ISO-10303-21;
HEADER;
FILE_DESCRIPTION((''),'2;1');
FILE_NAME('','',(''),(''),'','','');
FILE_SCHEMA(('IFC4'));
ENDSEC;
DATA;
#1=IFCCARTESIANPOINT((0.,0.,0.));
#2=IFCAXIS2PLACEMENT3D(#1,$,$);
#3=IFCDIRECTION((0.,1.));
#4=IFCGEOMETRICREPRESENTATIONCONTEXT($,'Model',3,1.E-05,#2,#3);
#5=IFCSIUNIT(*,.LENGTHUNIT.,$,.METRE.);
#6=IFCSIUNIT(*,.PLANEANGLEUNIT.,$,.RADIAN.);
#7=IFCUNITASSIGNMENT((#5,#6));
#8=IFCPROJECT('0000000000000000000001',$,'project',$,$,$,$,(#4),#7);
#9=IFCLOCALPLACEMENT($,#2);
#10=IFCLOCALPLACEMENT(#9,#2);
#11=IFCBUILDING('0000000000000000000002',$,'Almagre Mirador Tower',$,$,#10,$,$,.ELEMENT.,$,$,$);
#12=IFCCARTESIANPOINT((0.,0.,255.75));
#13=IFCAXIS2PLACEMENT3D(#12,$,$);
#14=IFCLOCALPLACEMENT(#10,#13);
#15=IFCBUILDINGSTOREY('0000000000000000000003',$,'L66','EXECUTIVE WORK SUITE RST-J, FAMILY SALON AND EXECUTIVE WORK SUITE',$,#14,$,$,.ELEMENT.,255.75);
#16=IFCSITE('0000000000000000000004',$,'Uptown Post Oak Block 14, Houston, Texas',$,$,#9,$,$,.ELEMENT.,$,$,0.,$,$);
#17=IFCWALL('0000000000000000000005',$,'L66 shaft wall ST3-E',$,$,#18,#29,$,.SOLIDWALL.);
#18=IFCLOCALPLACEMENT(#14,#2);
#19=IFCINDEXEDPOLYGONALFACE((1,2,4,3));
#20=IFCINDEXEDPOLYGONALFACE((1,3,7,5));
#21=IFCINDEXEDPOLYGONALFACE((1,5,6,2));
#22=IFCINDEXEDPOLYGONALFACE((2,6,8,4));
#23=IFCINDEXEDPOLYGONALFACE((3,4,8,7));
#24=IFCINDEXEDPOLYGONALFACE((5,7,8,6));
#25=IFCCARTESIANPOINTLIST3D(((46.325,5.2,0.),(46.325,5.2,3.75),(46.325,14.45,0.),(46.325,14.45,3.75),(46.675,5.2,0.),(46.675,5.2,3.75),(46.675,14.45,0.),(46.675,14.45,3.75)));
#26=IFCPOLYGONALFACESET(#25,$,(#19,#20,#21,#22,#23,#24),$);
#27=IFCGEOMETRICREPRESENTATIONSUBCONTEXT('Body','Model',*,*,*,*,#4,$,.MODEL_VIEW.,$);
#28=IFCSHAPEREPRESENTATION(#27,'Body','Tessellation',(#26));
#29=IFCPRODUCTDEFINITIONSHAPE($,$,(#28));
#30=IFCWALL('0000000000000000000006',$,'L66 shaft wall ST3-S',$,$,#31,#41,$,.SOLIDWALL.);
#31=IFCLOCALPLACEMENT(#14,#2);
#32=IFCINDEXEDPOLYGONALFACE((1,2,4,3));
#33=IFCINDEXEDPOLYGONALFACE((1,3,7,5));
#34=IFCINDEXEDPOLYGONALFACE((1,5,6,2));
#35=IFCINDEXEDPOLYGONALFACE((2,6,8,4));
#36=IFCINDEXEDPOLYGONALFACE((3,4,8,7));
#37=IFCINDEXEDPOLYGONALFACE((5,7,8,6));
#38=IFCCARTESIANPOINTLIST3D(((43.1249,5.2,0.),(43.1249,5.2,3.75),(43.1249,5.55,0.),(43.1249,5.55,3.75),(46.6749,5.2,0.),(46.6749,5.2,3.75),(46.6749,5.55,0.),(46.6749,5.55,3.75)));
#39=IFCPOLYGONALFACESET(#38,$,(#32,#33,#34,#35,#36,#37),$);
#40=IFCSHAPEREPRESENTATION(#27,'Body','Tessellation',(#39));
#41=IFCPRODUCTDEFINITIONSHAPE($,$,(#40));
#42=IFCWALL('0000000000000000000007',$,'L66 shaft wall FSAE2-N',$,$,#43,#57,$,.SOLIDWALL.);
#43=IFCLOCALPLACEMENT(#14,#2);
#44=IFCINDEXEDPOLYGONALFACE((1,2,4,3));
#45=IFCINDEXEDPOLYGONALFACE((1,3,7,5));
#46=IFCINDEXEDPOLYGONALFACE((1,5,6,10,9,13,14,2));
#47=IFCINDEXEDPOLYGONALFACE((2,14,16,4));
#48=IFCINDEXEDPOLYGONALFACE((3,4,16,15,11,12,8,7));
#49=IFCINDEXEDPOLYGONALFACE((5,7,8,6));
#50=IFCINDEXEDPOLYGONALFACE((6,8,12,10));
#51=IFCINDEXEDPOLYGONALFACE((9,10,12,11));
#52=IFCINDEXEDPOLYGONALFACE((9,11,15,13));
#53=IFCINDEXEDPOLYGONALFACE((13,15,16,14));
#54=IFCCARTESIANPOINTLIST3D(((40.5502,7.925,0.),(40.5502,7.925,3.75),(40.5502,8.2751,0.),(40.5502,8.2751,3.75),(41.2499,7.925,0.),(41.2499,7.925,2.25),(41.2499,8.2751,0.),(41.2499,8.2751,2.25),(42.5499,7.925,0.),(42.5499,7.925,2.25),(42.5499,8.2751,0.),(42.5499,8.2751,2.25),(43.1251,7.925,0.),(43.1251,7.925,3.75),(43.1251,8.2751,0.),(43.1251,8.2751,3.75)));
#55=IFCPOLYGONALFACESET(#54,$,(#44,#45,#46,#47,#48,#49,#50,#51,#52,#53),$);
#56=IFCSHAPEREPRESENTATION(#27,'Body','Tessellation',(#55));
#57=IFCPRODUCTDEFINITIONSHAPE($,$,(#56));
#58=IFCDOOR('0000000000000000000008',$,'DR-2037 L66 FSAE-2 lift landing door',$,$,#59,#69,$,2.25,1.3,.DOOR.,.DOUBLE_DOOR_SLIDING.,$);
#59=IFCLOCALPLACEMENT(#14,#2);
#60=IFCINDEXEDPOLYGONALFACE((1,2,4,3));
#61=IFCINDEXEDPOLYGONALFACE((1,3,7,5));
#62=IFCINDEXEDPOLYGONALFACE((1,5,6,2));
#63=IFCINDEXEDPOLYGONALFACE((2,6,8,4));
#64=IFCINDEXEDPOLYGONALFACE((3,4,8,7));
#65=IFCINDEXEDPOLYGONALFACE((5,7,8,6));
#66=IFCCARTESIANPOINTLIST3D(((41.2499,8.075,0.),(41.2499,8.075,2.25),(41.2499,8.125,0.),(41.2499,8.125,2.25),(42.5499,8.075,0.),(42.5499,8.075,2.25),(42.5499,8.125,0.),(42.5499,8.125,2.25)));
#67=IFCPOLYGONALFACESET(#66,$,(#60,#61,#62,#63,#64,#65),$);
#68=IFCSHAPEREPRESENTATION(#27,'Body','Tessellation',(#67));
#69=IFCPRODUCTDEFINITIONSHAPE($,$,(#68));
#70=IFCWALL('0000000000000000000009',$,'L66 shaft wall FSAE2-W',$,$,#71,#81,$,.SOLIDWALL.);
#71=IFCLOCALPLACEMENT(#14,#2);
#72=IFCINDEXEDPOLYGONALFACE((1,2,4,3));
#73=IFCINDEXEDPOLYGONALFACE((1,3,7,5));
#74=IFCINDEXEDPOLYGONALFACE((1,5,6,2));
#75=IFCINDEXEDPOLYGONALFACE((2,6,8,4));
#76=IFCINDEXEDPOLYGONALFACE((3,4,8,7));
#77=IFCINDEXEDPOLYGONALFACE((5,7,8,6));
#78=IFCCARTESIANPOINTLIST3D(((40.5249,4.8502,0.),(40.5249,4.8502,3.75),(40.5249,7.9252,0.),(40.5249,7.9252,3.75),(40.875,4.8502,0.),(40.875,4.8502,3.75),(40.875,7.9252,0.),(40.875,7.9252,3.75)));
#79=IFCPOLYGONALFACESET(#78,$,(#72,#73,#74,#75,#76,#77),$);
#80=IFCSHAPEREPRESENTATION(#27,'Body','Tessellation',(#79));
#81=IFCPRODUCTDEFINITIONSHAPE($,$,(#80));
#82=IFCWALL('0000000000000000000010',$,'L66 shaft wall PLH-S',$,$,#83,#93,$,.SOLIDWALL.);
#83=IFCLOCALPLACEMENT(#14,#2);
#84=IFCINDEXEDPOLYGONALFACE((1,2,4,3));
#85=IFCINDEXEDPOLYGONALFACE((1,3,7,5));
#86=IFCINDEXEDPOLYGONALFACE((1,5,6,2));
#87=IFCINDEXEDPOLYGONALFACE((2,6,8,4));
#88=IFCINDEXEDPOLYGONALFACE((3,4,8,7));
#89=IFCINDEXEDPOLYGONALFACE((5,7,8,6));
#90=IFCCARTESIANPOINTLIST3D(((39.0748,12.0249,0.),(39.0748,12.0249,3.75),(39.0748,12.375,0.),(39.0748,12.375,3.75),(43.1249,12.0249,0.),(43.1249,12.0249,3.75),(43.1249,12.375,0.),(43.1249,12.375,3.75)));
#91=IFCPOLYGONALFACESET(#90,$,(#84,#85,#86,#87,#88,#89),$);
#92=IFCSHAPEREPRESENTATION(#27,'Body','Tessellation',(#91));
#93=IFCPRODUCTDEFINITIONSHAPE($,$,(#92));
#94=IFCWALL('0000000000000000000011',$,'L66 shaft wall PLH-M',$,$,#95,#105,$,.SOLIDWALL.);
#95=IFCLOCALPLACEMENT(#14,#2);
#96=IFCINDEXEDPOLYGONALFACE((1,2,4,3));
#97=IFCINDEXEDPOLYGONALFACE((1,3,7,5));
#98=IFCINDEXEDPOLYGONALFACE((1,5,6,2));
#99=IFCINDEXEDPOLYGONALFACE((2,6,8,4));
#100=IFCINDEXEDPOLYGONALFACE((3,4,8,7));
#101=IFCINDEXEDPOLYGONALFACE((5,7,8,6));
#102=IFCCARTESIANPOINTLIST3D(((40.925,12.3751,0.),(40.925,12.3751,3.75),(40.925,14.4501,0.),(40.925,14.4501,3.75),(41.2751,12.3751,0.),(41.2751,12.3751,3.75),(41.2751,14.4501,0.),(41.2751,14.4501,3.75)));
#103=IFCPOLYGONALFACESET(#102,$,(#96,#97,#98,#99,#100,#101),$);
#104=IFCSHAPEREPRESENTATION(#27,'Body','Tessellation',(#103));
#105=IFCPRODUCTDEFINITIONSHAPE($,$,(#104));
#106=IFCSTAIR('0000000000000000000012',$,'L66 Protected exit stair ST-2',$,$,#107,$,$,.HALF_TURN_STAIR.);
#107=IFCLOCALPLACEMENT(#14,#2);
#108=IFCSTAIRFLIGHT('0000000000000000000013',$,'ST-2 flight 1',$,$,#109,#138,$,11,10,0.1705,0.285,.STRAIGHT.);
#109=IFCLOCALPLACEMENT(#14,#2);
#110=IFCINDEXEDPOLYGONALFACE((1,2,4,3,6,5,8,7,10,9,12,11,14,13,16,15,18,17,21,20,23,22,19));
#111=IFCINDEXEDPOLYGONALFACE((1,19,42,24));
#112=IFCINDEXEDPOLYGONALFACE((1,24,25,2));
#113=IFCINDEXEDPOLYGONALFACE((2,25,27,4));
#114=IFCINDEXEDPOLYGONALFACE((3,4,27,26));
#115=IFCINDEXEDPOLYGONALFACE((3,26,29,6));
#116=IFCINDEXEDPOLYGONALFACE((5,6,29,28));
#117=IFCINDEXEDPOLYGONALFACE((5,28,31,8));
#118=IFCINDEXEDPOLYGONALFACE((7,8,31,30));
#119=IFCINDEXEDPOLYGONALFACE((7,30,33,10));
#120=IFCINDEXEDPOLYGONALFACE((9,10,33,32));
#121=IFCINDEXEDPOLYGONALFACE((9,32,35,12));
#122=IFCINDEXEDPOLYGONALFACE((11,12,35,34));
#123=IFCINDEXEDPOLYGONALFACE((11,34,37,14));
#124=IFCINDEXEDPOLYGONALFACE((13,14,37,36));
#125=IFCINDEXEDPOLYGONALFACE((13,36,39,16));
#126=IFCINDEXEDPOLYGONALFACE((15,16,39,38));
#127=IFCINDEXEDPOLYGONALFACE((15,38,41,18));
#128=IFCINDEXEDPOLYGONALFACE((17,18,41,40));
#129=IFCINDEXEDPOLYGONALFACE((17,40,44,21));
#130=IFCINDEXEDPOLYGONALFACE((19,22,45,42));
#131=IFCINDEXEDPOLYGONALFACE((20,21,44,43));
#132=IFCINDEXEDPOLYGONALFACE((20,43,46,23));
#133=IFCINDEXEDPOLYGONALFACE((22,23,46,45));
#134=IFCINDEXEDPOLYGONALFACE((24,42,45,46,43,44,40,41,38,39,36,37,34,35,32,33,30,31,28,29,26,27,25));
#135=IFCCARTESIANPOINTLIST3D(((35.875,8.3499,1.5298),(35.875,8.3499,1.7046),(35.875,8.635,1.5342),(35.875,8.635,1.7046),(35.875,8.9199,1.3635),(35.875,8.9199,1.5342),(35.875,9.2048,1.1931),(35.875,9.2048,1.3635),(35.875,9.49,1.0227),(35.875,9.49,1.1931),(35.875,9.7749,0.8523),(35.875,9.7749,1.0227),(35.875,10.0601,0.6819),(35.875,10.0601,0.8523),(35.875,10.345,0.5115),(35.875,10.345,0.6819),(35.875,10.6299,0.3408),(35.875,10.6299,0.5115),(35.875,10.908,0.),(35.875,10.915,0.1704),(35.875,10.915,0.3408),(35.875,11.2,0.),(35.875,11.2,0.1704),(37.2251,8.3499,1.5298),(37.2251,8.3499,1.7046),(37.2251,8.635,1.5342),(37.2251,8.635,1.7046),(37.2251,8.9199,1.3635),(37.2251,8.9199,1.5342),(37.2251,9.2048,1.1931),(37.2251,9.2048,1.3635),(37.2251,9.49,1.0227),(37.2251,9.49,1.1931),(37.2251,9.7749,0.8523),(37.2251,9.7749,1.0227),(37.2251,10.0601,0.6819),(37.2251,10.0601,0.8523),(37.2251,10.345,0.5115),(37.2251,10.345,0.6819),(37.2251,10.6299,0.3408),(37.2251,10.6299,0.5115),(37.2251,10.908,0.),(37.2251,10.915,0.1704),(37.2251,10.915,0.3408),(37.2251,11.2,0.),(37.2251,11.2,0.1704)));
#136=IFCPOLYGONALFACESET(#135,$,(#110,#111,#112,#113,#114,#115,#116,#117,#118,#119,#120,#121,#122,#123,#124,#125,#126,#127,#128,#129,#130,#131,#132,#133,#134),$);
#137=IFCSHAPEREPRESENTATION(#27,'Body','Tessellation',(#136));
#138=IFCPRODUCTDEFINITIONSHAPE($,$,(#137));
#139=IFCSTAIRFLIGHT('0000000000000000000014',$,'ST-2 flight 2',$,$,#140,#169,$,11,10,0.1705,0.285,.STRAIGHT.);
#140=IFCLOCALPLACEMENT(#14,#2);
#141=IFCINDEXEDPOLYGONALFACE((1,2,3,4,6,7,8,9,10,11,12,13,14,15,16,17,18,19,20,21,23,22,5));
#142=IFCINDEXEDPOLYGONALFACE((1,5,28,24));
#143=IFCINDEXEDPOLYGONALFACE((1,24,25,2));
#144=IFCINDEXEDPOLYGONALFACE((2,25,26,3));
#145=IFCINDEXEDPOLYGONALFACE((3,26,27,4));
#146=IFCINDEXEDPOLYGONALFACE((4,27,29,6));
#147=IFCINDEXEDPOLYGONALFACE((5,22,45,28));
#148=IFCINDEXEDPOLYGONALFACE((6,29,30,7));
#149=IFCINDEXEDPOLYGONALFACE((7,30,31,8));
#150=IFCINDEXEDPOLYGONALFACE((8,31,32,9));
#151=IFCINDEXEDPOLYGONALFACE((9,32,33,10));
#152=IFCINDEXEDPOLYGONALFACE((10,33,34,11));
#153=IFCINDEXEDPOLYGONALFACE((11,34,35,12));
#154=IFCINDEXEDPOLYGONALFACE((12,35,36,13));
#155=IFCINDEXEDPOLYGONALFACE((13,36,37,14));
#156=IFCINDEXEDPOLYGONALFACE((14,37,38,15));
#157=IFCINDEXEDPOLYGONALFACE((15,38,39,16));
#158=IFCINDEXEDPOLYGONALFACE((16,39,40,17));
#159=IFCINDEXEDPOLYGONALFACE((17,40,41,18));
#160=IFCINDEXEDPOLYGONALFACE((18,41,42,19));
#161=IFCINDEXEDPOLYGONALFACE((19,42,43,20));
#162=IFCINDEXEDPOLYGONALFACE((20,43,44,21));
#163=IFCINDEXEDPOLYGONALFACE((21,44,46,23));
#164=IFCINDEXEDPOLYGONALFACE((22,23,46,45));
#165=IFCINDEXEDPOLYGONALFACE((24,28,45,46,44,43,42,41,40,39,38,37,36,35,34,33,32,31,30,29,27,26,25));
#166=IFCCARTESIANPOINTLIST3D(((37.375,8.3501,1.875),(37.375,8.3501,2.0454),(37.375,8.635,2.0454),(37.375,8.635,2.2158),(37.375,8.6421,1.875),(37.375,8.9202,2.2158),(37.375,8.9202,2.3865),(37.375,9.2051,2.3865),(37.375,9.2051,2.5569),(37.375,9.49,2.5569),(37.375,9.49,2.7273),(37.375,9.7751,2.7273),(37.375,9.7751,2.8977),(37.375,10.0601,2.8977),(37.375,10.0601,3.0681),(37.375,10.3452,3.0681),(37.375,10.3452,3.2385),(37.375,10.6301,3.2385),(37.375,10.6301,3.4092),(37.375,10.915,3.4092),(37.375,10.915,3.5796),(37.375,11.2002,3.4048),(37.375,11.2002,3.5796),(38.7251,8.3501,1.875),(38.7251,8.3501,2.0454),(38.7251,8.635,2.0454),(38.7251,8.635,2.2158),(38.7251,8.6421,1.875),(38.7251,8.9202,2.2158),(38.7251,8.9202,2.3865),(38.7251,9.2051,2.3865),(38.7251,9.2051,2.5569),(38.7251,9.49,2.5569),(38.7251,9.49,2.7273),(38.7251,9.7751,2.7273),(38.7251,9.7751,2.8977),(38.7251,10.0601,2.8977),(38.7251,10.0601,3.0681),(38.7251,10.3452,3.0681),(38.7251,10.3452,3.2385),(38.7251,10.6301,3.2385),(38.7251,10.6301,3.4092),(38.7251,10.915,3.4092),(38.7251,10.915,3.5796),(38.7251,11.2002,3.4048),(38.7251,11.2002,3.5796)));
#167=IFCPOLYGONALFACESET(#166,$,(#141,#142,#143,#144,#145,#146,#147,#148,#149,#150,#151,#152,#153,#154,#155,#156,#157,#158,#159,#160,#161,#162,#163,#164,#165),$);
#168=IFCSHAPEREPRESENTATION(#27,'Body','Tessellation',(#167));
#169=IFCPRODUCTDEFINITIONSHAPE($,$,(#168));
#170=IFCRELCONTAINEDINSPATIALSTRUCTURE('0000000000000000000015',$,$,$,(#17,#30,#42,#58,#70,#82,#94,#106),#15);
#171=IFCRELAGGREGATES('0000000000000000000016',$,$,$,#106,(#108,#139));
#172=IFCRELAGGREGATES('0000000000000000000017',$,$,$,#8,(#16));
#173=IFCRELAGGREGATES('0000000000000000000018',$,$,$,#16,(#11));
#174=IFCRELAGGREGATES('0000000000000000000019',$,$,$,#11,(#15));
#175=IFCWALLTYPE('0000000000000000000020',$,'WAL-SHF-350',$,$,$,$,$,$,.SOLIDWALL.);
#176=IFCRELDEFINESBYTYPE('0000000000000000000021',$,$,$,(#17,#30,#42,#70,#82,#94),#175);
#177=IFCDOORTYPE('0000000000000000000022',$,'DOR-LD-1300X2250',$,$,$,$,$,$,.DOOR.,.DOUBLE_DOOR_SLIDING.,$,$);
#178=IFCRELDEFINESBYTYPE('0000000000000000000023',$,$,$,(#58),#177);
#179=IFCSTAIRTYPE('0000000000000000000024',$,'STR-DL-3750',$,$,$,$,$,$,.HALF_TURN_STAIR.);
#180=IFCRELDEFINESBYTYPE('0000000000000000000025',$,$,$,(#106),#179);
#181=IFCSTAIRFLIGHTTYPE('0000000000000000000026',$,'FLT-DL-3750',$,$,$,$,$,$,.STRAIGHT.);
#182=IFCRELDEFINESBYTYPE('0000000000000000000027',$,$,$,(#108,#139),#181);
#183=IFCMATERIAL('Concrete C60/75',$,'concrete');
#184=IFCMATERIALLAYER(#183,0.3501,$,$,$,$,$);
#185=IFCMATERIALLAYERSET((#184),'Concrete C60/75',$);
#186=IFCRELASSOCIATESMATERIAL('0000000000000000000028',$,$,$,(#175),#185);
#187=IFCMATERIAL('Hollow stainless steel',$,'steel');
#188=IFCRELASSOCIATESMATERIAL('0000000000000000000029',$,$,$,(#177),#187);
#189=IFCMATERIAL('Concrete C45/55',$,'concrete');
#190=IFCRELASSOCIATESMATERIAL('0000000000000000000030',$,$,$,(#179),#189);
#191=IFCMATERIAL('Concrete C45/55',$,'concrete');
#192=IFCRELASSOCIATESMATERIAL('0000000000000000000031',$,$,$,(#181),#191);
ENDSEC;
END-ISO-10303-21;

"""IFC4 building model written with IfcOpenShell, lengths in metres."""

from ifc_helpers import new_model, si_unit, direction, frame, frame_2d, origin, place, context, subcontext, project, spatial, polyline, rectangle, outline, extrude, material, layer, layer_set, type_object, element, fill, aggregate, save


model = new_model("IFC4")

# Units and contexts
model_context = context("Model", 3, precision=1e-05, world=origin(), true_north=direction((0.0, 1.0)))
body_context = subcontext(model_context, "Body", "Model", "MODEL_VIEW")
ifc_project = project(units=[si_unit("LENGTHUNIT", "METRE"), si_unit("PLANEANGLEUNIT", "RADIAN")], contexts=[model_context])

# Site, building, storey
site_placement = place(None, origin())
site = spatial("IfcSite", under=ifc_project, at=site_placement, Name="Uptown Post Oak Block 14, Houston, Texas", CompositionType="ELEMENT", RefElevation=0.0)
building_placement = place(site_placement, origin())
building = spatial("IfcBuilding", under=site, at=building_placement, Name="Almagre Mirador Tower", CompositionType="ELEMENT")
storey_placement = place(building_placement, frame((0.0, 0.0, 255.75)))
storey = spatial("IfcBuildingStorey", under=building, at=storey_placement, Name="L66", Description="EXECUTIVE WORK SUITE RST-J, FAMILY SALON AND EXECUTIVE WORK SUITE", CompositionType="ELEMENT", Elevation=255.75)

# Shared definitions
ifc_material_1 = material(Name="Concrete C60/75", Category="concrete")
ifc_layer_1 = layer(ifc_material_1, 0.3501)
ifc_layer_set_1 = layer_set([ifc_layer_1], Name="Concrete C60/75")
wall_type_1 = type_object("IfcWallType", Name="WAL-SHF-350", PredefinedType="SOLIDWALL", material=ifc_layer_set_1)

# Walls
wall_1_placement = place(storey_placement, frame((46.5, 5.2, 0.0), z_axis=(0.0, 0.0, 1.0), x_axis=(0.0, 1.0, 0.0)))
element("IfcWall", 1, at=wall_1_placement, inside=storey, type_object=wall_type_1, Name="L66 shaft wall ST3-E", PredefinedType="SOLIDWALL", context=body_context, shape_type="SweptSolid", body=[
    extrude(rectangle(XDim=9.25, YDim=0.3501, at=frame_2d((4.625, 0.0))), origin(), (0.0, 0.0, 1.0), 3.75),
])
wall_2_placement = place(storey_placement, frame((43.125, 5.375, 0.0), z_axis=(0.0, 0.0, 1.0), x_axis=(1.0, 0.0, 0.0)))
element("IfcWall", 2, at=wall_2_placement, inside=storey, type_object=wall_type_1, Name="L66 shaft wall ST3-S", PredefinedType="SOLIDWALL", context=body_context, shape_type="SweptSolid", body=[
    extrude(rectangle(XDim=3.55, YDim=0.3501, at=frame_2d((1.7749, 0.0))), origin(), (0.0, 0.0, 1.0), 3.75),
])

# Wall, opening, door
wall_3_placement = place(storey_placement, frame((40.55, 8.1001, 0.0), z_axis=(0.0, 0.0, 1.0), x_axis=(1.0, 0.0, 0.0)))
wall_3 = element("IfcWall", 3, at=wall_3_placement, inside=storey, type_object=wall_type_1, Name="L66 shaft wall FSAE2-N", PredefinedType="SOLIDWALL", context=body_context, shape_type="SweptSolid", body=[
    extrude(rectangle(XDim=2.575, YDim=0.3501, at=frame_2d((1.2876, 0.0))), origin(), (0.0, 0.0, 1.0), 3.75),
])
opening_1_placement = place(wall_3_placement, frame((0.7, 0.0, 0.0)))
opening_1 = element("IfcOpeningElement", 4, at=opening_1_placement, cuts=wall_3, PredefinedType="OPENING", context=body_context, shape_type="SweptSolid", body=[
    extrude(rectangle(XDim=1.3, YDim=2.25, at=frame_2d((0.6499, 1.125))), frame((0.0, 0.185, 0.0), z_axis=(0.0, -1.0, 0.0), x_axis=(1.0, 0.0, 0.0)), (0.0, 0.0, 1.0), 0.3701),
])
ifc_material_2 = material(Name="Hollow stainless steel", Category="steel")
door_type_1 = type_object("IfcDoorType", Name="DOR-LD-1300X2250", OperationType="DOUBLE_DOOR_SLIDING", PredefinedType="DOOR", material=ifc_material_2)
door_1_placement = place(opening_1_placement, origin())
door_1 = element("IfcDoor", 5, at=door_1_placement, inside=storey, type_object=door_type_1, Name="DR-2037 L66 FSAE-2 lift landing door", OperationType="DOUBLE_DOOR_SLIDING", OverallHeight=2.25, OverallWidth=1.3, PredefinedType="DOOR", context=body_context, shape_type="SweptSolid", body=[
    extrude(rectangle(XDim=1.3, YDim=2.25, at=frame_2d((0.6499, 1.125))), frame((0.0, 0.0249, 0.0), z_axis=(0.0, -1.0, 0.0), x_axis=(1.0, 0.0, 0.0)), (0.0, 0.0, 1.0), 0.05),
])
fill(opening_1, door_1)

# Walls
wall_4_placement = place(storey_placement, frame((40.7, 4.8501, 0.0), z_axis=(0.0, 0.0, 1.0), x_axis=(0.0, 1.0, 0.0)))
element("IfcWall", 6, at=wall_4_placement, inside=storey, type_object=wall_type_1, Name="L66 shaft wall FSAE2-W", PredefinedType="SOLIDWALL", context=body_context, shape_type="SweptSolid", body=[
    extrude(rectangle(XDim=3.075, YDim=0.3501, at=frame_2d((1.5376, 0.0))), origin(), (0.0, 0.0, 1.0), 3.75),
])
wall_5_placement = place(storey_placement, frame((39.075, 12.2, 0.0), z_axis=(0.0, 0.0, 1.0), x_axis=(1.0, 0.0, 0.0)))
element("IfcWall", 7, at=wall_5_placement, inside=storey, type_object=wall_type_1, Name="L66 shaft wall PLH-S", PredefinedType="SOLIDWALL", context=body_context, shape_type="SweptSolid", body=[
    extrude(rectangle(XDim=4.05, YDim=0.3501, at=frame_2d((2.0249, 0.0))), origin(), (0.0, 0.0, 1.0), 3.75),
])
wall_6_placement = place(storey_placement, frame((41.1001, 12.375, 0.0), z_axis=(0.0, 0.0, 1.0), x_axis=(0.0, 1.0, 0.0)))
element("IfcWall", 8, at=wall_6_placement, inside=storey, type_object=wall_type_1, Name="L66 shaft wall PLH-M", PredefinedType="SOLIDWALL", context=body_context, shape_type="SweptSolid", body=[
    extrude(rectangle(XDim=2.075, YDim=0.3501, at=frame_2d((1.0376, 0.0))), origin(), (0.0, 0.0, 1.0), 3.75),
])

# Stair, stair flights
ifc_material_3 = material(Name="Concrete C45/55", Category="concrete")
stair_type = type_object("IfcStairType", Name="STR-DL-3750", PredefinedType="HALF_TURN_STAIR", material=ifc_material_3)
stair_1_placement = place(storey_placement, origin())
stair_1 = element("IfcStair", 9, at=stair_1_placement, inside=storey, type_object=stair_type, Name="L66 Protected exit stair ST-2", PredefinedType="HALF_TURN_STAIR")
ifc_material_4 = material(Name="Concrete C45/55", Category="concrete")
stair_flight_type = type_object("IfcStairFlightType", Name="FLT-DL-3750", PredefinedType="STRAIGHT", material=ifc_material_4)
stair_flight_1_placement = place(storey_placement, frame((36.55, 11.2, 0.0), z_axis=(0.0, 0.0, 1.0), x_axis=(0.0, -1.0, 0.0)))
stair_flight_1 = element("IfcStairFlight", 10, at=stair_flight_1_placement, type_object=stair_flight_type, Name="ST-2 flight 1", NumberOfRisers=11, NumberOfTreads=10, PredefinedType="STRAIGHT", RiserHeight=0.1705, TreadLength=0.285, context=body_context, shape_type="SweptSolid", body=[
    extrude(outline(polyline([(0.0, 0.0), (0.0, 0.1704), (0.2849, 0.1704), (0.2849, 0.3408), (0.5701, 0.3408), (0.5701, 0.5115), (0.855, 0.5115), (0.855, 0.6819), (1.1399, 0.6819), (1.1399, 0.8523), (1.425, 0.8523), (1.425, 1.0227), (1.71, 1.0227), (1.71, 1.1931), (1.9951, 1.1931), (1.9951, 1.3635), (2.28, 1.3635), (2.28, 1.5342), (2.5649, 1.5342), (2.5649, 1.7046), (2.8501, 1.7046), (2.8501, 1.875), (2.8501, 1.5298), (0.292, 0.0), (0.0, 0.0)])), frame((0.0, 0.675, 0.0), z_axis=(0.0, -1.0, 0.0), x_axis=(1.0, 0.0, 0.0)), (0.0, 0.0, 1.0), 1.3501),
])
stair_flight_2_placement = place(storey_placement, frame((38.05, 8.3501, 1.875), z_axis=(0.0, 0.0, 1.0), x_axis=(0.0, 1.0, 0.0)))
stair_flight_2 = element("IfcStairFlight", 11, at=stair_flight_2_placement, type_object=stair_flight_type, Name="ST-2 flight 2", NumberOfRisers=11, NumberOfTreads=10, PredefinedType="STRAIGHT", RiserHeight=0.1705, TreadLength=0.285, context=body_context, shape_type="SweptSolid", body=[
    extrude(outline(polyline([(0.0, 0.0), (0.0, 0.1704), (0.2849, 0.1704), (0.2849, 0.3408), (0.5701, 0.3408), (0.5701, 0.5115), (0.855, 0.5115), (0.855, 0.6819), (1.1399, 0.6819), (1.1399, 0.8523), (1.425, 0.8523), (1.425, 1.0227), (1.71, 1.0227), (1.71, 1.1931), (1.9951, 1.1931), (1.9951, 1.3635), (2.28, 1.3635), (2.28, 1.5342), (2.5649, 1.5342), (2.5649, 1.7046), (2.8501, 1.7046), (2.8501, 1.875), (2.8501, 1.5298), (0.292, 0.0), (0.0, 0.0)])), frame((0.0, 0.675, 0.0), z_axis=(0.0, -1.0, 0.0), x_axis=(1.0, 0.0, 0.0)), (0.0, 0.0, 1.0), 1.3501),
])
aggregate(stair_1, [stair_flight_1, stair_flight_2])

save(model, "model.ifc")
